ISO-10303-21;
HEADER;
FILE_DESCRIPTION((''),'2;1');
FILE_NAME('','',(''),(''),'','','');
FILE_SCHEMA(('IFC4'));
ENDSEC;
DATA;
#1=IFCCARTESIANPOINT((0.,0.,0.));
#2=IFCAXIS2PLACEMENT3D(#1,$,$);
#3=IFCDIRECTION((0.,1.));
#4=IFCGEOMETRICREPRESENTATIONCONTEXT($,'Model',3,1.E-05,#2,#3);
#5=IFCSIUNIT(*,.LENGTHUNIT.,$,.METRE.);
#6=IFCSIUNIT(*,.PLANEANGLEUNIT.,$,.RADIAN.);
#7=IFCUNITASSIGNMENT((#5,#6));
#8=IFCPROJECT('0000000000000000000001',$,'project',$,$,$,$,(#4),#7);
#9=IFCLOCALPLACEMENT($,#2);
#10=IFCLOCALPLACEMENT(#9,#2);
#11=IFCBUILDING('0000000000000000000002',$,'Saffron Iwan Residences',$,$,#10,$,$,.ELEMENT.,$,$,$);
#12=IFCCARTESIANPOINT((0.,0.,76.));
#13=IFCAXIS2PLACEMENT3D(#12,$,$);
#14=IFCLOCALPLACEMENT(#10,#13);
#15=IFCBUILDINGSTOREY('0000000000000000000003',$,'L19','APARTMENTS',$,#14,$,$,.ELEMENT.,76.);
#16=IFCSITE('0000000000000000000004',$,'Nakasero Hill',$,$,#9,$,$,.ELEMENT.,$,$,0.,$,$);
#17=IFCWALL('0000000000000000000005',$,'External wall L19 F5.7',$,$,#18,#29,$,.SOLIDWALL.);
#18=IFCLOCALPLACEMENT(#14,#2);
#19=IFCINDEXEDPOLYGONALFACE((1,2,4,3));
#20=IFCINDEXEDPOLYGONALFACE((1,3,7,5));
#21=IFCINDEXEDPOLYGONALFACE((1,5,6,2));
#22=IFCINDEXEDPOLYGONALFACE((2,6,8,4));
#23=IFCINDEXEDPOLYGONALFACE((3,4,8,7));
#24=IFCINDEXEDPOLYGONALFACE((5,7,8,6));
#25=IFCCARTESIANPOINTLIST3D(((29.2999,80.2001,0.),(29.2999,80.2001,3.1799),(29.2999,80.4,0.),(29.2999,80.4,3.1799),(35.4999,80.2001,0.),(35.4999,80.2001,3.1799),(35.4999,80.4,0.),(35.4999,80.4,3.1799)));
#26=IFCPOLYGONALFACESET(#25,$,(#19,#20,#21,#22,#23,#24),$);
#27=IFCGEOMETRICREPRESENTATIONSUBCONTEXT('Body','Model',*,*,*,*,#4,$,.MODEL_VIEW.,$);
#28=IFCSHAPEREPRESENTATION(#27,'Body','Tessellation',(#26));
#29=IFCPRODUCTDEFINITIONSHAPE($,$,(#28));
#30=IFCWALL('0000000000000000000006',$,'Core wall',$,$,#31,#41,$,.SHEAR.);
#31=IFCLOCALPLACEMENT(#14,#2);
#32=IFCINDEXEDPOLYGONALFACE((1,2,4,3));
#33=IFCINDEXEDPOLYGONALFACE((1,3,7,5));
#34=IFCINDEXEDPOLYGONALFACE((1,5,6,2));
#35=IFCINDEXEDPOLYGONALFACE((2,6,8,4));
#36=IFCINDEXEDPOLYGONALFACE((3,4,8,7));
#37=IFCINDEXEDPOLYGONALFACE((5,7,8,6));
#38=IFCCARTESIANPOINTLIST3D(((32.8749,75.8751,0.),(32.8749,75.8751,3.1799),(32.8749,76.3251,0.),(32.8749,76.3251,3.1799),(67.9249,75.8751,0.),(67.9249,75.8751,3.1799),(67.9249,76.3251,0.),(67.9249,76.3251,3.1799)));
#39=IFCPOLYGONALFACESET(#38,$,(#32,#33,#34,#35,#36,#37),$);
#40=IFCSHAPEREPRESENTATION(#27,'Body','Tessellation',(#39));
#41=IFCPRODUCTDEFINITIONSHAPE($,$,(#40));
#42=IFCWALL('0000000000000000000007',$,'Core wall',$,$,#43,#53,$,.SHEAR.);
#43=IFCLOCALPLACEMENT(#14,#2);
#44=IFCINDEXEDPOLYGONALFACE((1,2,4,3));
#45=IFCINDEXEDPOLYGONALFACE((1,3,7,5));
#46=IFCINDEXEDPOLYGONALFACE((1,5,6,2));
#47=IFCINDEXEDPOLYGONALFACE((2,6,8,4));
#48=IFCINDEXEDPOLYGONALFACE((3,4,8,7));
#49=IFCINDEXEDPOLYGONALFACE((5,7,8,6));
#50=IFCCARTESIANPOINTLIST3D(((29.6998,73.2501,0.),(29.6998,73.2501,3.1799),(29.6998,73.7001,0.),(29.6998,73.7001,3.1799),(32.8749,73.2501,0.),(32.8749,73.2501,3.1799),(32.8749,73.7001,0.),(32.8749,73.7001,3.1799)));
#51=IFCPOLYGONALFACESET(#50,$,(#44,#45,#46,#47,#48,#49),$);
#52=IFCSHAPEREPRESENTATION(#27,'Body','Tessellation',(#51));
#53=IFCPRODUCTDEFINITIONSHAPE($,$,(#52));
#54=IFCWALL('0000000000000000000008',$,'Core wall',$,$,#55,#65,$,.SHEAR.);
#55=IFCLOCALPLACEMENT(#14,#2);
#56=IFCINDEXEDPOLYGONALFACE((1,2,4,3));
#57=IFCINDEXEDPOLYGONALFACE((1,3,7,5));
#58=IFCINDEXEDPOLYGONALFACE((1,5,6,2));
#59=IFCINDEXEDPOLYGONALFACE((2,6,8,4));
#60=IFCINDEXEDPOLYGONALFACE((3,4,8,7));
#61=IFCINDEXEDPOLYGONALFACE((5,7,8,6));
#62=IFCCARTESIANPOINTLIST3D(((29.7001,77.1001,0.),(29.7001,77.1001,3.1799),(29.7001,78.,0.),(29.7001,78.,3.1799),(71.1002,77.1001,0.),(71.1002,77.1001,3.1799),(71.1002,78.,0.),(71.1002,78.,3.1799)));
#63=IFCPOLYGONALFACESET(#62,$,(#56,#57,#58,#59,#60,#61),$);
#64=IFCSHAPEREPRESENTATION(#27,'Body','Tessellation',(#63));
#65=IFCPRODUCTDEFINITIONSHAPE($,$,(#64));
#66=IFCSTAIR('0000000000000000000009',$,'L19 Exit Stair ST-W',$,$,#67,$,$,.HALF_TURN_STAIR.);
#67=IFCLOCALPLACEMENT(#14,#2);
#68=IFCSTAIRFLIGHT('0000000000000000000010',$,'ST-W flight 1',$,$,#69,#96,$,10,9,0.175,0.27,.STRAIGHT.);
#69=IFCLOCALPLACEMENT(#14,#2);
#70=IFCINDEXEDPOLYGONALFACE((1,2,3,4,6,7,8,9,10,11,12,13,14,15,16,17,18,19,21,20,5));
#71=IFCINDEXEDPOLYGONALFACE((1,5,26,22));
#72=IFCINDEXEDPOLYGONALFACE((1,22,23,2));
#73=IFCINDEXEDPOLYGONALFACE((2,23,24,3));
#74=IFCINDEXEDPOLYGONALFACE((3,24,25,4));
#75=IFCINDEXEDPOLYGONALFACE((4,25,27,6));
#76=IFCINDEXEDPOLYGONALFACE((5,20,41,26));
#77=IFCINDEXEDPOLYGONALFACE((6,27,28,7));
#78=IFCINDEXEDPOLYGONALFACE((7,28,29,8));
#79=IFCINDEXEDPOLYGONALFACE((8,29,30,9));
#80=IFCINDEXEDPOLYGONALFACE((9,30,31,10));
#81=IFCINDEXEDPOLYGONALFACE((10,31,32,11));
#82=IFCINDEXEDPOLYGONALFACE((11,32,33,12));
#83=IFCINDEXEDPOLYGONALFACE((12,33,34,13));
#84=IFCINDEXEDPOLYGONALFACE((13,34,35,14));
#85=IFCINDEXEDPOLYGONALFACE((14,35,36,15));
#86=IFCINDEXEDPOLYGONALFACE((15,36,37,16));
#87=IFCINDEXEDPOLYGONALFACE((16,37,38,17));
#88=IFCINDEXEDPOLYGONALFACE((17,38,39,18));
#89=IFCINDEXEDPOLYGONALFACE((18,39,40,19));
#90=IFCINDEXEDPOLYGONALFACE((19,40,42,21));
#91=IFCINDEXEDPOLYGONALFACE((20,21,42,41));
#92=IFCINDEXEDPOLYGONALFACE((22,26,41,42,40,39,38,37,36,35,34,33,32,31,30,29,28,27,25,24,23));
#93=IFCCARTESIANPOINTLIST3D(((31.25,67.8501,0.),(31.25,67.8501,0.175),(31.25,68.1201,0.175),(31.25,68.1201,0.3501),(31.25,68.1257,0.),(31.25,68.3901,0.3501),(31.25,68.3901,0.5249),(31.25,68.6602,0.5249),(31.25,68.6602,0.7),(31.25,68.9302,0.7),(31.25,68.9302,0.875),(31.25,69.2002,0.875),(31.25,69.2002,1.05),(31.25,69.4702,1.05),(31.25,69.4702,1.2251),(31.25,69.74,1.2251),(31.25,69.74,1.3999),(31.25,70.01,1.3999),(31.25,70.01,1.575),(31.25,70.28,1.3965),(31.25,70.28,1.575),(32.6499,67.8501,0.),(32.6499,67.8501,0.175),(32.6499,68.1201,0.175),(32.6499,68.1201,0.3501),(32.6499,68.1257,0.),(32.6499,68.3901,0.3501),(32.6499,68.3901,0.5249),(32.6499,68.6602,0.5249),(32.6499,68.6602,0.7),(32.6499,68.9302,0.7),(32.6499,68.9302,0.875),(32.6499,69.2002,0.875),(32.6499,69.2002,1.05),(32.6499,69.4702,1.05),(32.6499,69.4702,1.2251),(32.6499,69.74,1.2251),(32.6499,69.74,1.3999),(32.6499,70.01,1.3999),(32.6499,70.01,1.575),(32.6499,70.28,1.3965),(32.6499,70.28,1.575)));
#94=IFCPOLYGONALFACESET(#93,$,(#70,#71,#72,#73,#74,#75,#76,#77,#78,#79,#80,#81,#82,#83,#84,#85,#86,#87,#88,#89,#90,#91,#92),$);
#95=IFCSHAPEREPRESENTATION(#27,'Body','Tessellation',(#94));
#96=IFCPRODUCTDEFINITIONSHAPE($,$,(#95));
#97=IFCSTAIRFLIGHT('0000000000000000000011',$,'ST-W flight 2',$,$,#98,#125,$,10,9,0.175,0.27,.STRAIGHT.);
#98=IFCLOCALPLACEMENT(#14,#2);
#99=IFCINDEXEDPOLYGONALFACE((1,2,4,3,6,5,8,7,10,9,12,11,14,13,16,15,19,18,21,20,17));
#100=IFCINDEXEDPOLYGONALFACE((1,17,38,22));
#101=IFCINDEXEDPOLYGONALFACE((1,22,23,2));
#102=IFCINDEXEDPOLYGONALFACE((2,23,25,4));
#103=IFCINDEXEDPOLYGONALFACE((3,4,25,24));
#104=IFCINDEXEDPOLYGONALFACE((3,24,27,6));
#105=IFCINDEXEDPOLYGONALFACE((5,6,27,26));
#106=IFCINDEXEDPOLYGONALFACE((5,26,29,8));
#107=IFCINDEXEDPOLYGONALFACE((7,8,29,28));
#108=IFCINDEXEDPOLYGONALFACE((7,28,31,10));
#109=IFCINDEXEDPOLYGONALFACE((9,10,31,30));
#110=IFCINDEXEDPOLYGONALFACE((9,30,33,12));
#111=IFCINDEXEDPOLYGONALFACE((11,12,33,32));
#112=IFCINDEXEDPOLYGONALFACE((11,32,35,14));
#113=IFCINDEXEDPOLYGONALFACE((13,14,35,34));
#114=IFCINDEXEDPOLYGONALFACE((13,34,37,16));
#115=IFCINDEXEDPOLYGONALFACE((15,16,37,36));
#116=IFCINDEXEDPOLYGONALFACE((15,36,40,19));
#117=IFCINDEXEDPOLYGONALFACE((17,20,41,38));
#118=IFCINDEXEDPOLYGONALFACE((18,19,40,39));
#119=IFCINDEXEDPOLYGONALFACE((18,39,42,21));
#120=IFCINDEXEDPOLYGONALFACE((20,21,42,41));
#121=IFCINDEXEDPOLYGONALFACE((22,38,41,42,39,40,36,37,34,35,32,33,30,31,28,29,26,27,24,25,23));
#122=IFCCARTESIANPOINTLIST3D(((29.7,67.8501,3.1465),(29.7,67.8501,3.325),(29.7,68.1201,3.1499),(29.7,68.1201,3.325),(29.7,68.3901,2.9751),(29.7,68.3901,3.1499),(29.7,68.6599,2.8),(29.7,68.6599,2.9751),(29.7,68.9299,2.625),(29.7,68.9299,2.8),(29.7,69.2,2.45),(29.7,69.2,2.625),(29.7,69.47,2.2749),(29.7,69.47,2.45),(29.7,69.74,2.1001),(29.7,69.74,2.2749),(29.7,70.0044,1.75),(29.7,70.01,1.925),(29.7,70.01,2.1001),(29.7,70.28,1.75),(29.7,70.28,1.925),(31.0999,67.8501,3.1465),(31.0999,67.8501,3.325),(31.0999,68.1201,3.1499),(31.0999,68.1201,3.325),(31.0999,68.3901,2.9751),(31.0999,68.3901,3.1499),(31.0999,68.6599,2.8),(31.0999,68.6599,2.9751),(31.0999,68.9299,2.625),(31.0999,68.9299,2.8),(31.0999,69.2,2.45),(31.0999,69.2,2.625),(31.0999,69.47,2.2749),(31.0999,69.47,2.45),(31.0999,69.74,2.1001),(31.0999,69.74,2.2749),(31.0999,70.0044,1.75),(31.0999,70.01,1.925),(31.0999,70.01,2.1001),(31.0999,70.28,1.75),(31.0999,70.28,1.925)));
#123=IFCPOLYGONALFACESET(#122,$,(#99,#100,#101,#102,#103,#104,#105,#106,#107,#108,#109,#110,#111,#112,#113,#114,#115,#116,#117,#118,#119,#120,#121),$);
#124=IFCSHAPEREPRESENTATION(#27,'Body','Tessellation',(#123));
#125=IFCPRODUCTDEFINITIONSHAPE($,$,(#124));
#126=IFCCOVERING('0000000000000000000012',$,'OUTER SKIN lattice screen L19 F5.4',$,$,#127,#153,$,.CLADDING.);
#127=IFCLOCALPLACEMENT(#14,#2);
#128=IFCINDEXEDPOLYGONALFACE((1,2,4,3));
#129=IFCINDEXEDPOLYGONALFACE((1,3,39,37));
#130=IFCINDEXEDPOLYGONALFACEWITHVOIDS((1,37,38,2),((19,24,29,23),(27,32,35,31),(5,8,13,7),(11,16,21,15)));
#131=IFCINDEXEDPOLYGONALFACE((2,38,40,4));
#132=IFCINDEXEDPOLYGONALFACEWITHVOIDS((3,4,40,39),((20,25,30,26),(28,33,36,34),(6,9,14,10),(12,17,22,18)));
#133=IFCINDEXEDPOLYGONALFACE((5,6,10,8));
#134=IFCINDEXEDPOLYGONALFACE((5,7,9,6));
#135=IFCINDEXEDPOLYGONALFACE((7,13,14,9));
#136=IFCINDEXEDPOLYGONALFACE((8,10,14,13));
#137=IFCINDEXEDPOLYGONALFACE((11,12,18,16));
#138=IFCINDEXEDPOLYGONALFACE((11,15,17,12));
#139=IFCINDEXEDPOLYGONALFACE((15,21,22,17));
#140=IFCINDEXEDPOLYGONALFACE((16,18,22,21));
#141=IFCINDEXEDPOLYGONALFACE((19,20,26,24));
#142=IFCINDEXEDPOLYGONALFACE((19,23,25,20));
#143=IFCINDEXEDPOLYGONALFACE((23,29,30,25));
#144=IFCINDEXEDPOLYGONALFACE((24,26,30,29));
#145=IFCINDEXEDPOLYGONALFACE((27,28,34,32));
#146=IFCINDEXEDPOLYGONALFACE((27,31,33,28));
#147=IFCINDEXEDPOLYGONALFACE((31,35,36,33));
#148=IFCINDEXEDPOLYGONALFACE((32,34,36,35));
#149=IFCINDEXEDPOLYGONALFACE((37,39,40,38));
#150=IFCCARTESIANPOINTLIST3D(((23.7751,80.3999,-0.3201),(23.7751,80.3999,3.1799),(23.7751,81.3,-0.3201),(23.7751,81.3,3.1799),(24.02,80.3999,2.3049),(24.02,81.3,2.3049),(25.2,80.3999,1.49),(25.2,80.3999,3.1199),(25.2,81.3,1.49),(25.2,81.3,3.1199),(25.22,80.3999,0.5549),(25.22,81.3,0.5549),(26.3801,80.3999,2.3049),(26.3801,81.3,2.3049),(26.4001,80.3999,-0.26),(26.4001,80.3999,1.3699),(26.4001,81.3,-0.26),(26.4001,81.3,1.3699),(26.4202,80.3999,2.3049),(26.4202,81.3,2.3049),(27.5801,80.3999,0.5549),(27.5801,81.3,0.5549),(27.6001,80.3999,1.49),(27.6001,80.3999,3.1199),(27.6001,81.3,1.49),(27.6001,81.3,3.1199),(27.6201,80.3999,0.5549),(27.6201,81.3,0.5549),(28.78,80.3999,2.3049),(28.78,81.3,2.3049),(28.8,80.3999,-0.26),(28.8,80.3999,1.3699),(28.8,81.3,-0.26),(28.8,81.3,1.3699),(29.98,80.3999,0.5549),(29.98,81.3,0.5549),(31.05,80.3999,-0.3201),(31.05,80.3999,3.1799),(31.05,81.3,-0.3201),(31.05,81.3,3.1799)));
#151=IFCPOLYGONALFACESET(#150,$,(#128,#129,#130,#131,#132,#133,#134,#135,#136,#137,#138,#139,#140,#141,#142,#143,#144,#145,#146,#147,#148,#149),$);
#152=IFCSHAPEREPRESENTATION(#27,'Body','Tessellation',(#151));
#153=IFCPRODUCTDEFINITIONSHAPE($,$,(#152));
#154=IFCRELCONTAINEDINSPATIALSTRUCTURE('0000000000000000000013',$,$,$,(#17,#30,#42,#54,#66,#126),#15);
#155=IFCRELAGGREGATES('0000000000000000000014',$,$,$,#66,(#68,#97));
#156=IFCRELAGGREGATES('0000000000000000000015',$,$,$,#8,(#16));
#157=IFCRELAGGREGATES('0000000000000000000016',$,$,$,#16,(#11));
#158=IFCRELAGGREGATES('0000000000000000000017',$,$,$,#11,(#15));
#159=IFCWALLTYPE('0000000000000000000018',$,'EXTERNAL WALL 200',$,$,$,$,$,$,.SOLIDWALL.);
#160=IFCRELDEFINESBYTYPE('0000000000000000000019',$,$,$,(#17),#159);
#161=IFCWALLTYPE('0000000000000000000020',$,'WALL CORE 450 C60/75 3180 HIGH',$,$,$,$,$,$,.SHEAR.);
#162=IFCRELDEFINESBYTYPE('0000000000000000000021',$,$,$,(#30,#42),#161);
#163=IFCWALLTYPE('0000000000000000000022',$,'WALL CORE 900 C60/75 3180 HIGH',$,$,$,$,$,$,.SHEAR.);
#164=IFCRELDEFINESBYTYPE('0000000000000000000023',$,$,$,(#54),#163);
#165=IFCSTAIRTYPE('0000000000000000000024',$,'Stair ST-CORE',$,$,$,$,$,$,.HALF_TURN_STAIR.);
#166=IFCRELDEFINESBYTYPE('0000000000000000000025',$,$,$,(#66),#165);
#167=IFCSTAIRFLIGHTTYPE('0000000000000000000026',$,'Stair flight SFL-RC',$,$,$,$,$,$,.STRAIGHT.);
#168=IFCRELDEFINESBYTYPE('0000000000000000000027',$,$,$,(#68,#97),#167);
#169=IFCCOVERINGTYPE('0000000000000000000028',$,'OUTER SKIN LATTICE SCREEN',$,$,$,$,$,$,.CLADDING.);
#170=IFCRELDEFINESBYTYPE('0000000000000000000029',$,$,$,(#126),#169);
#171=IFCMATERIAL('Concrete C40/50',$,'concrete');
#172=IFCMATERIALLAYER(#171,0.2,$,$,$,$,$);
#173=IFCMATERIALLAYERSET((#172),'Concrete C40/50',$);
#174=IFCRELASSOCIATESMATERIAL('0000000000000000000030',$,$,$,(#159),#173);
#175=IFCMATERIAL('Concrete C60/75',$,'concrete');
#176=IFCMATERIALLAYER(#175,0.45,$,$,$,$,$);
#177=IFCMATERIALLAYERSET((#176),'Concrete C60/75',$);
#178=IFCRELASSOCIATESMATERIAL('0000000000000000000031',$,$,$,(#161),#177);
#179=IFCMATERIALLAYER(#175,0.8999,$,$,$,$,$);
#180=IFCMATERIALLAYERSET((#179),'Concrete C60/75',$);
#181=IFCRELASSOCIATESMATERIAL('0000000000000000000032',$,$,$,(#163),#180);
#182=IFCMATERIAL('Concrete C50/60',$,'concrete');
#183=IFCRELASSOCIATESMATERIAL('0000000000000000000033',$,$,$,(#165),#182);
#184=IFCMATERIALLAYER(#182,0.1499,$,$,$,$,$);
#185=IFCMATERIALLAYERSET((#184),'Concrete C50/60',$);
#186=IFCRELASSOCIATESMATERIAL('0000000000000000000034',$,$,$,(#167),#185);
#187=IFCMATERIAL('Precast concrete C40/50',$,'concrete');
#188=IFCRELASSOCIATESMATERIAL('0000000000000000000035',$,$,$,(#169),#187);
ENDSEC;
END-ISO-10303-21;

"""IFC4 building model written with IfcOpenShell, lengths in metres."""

from ifc_helpers import new_model, si_unit, direction, frame, frame_2d, origin, place, context, subcontext, project, spatial, polyline, rectangle, outline, extrude, material, layer, layer_set, type_object, element, aggregate, save


model = new_model("IFC4")

# Units and contexts
model_context = context("Model", 3, precision=1e-05, world=origin(), true_north=direction((0.0, 1.0)))
body_context = subcontext(model_context, "Body", "Model", "MODEL_VIEW")
ifc_project = project(units=[si_unit("LENGTHUNIT", "METRE"), si_unit("PLANEANGLEUNIT", "RADIAN")], contexts=[model_context])

# Site, building, storey
site_placement = place(None, origin())
site = spatial("IfcSite", under=ifc_project, at=site_placement, Name="Nakasero Hill", CompositionType="ELEMENT", RefElevation=0.0)
building_placement = place(site_placement, origin())
building = spatial("IfcBuilding", under=site, at=building_placement, Name="Saffron Iwan Residences", CompositionType="ELEMENT")
storey_placement = place(building_placement, frame((0.0, 0.0, 76.0)))
storey = spatial("IfcBuildingStorey", under=building, at=storey_placement, Name="L19", Description="APARTMENTS", CompositionType="ELEMENT", Elevation=76.0)

# Wall
ifc_material_1 = material(Name="Concrete C40/50", Category="concrete")
ifc_layer_1 = layer(ifc_material_1, 0.2)
ifc_layer_set_1 = layer_set([ifc_layer_1], Name="Concrete C40/50")
wall_type_1 = type_object("IfcWallType", Name="EXTERNAL WALL 200", PredefinedType="SOLIDWALL", material=ifc_layer_set_1)
wall_1_placement = place(storey_placement, frame((35.5, 80.3, 0.0), z_axis=(0.0, 0.0, 1.0), x_axis=(-1.0, 0.0, 0.0)))
element("IfcWall", 1, at=wall_1_placement, inside=storey, type_object=wall_type_1, Name="External wall L19 F5.7", PredefinedType="SOLIDWALL", context=body_context, shape_type="SweptSolid", body=[
    extrude(rectangle(XDim=6.2, YDim=0.2, at=frame_2d((3.1001, 0.0))), origin(), (0.0, 0.0, 1.0), 3.1799),
])

# Shared definitions
ifc_material_2 = material(Name="Concrete C60/75", Category="concrete")
ifc_layer_2 = layer(ifc_material_2, 0.45)
ifc_layer_set_2 = layer_set([ifc_layer_2], Name="Concrete C60/75")
wall_type_2 = type_object("IfcWallType", Name="WALL CORE 450 C60/75 3180 HIGH", PredefinedType="SHEAR", material=ifc_layer_set_2)

# Walls
wall_2_placement = place(storey_placement, frame((32.875, 76.1001, 0.0), z_axis=(0.0, 0.0, 1.0), x_axis=(1.0, 0.0, 0.0)))
element("IfcWall", 2, at=wall_2_placement, inside=storey, type_object=wall_type_2, Name="Core wall", PredefinedType="SHEAR", context=body_context, shape_type="SweptSolid", body=[
    extrude(rectangle(XDim=35.05, YDim=0.45, at=frame_2d((17.5249, 0.0))), origin(), (0.0, 0.0, 1.0), 3.1799),
])
wall_3_placement = place(storey_placement, frame((29.7, 73.4751, 0.0), z_axis=(0.0, 0.0, 1.0), x_axis=(1.0, 0.0, 0.0)))
element("IfcWall", 3, at=wall_3_placement, inside=storey, type_object=wall_type_2, Name="Core wall", PredefinedType="SHEAR", context=body_context, shape_type="SweptSolid", body=[
    extrude(rectangle(XDim=3.175, YDim=0.45, at=frame_2d((1.5874, 0.0))), origin(), (0.0, 0.0, 1.0), 3.1799),
])
ifc_layer_3 = layer(ifc_material_2, 0.8999)
ifc_layer_set_3 = layer_set([ifc_layer_3], Name="Concrete C60/75")
wall_type_3 = type_object("IfcWallType", Name="WALL CORE 900 C60/75 3180 HIGH", PredefinedType="SHEAR", material=ifc_layer_set_3)
wall_4_placement = place(storey_placement, frame((29.7, 77.55, 0.0), z_axis=(0.0, 0.0, 1.0), x_axis=(1.0, 0.0, 0.0)))
element("IfcWall", 4, at=wall_4_placement, inside=storey, type_object=wall_type_3, Name="Core wall", PredefinedType="SHEAR", context=body_context, shape_type="SweptSolid", body=[
    extrude(rectangle(XDim=41.4001, YDim=0.8999, at=frame_2d((20.7002, 0.0))), origin(), (0.0, 0.0, 1.0), 3.1799),
])

# Stair, stair flights
ifc_material_3 = material(Name="Concrete C50/60", Category="concrete")
stair_type = type_object("IfcStairType", Name="Stair ST-CORE", PredefinedType="HALF_TURN_STAIR", material=ifc_material_3)
stair_placement = place(storey_placement, origin())
stair = element("IfcStair", 5, at=stair_placement, inside=storey, type_object=stair_type, Name="L19 Exit Stair ST-W", PredefinedType="HALF_TURN_STAIR")
ifc_layer_4 = layer(ifc_material_3, 0.1499)
ifc_layer_set_4 = layer_set([ifc_layer_4], Name="Concrete C50/60")
stair_flight_type = type_object("IfcStairFlightType", Name="Stair flight SFL-RC", PredefinedType="STRAIGHT", material=ifc_layer_set_4)
stair_flight_1_placement = place(storey_placement, frame((31.95, 67.8501, 0.0), z_axis=(0.0, 0.0, 1.0), x_axis=(0.0, 1.0, 0.0)))
stair_flight_1 = element("IfcStairFlight", 6, at=stair_flight_1_placement, type_object=stair_flight_type, Name="ST-W flight 1", NumberOfRisers=10, NumberOfTreads=9, PredefinedType="STRAIGHT", RiserHeight=0.175, TreadLength=0.27, context=body_context, shape_type="SweptSolid", body=[
    extrude(outline(polyline([(0.0, 0.0), (0.0, 0.175), (0.27, 0.175), (0.27, 0.3501), (0.54, 0.3501), (0.54, 0.5249), (0.8101, 0.5249), (0.8101, 0.7), (1.0801, 0.7), (1.0801, 0.875), (1.3501, 0.875), (1.3501, 1.05), (1.6201, 1.05), (1.6201, 1.2251), (1.8899, 1.2251), (1.8899, 1.3999), (2.1599, 1.3999), (2.1599, 1.575), (2.4299, 1.575), (2.4299, 1.75), (2.4299, 1.3965), (0.2756, 0.0), (0.0, 0.0)])), frame((0.0, 0.7, 0.0), z_axis=(0.0, -1.0, 0.0), x_axis=(1.0, 0.0, 0.0)), (0.0, 0.0, 1.0), 1.3999),
])
stair_flight_2_placement = place(storey_placement, frame((30.3999, 70.28, 1.75), z_axis=(0.0, 0.0, 1.0), x_axis=(0.0, -1.0, 0.0)))
stair_flight_2 = element("IfcStairFlight", 7, at=stair_flight_2_placement, type_object=stair_flight_type, Name="ST-W flight 2", NumberOfRisers=10, NumberOfTreads=9, PredefinedType="STRAIGHT", RiserHeight=0.175, TreadLength=0.27, context=body_context, shape_type="SweptSolid", body=[
    extrude(outline(polyline([(0.0, 0.0), (0.0, 0.175), (0.27, 0.175), (0.27, 0.3501), (0.54, 0.3501), (0.54, 0.5249), (0.8101, 0.5249), (0.8101, 0.7), (1.0801, 0.7), (1.0801, 0.875), (1.3501, 0.875), (1.3501, 1.05), (1.6201, 1.05), (1.6201, 1.2251), (1.8899, 1.2251), (1.8899, 1.3999), (2.1599, 1.3999), (2.1599, 1.575), (2.4299, 1.575), (2.4299, 1.75), (2.4299, 1.3965), (0.2756, 0.0), (0.0, 0.0)])), frame((0.0, 0.7, 0.0), z_axis=(0.0, -1.0, 0.0), x_axis=(1.0, 0.0, 0.0)), (0.0, 0.0, 1.0), 1.3999),
])
aggregate(stair, [stair_flight_1, stair_flight_2])

# Covering
ifc_material_4 = material(Name="Precast concrete C40/50", Category="concrete")
covering_type_1 = type_object("IfcCoveringType", Name="OUTER SKIN LATTICE SCREEN", PredefinedType="CLADDING", material=ifc_material_4)
covering_1_placement = place(storey_placement, frame((31.05, 80.3999, -0.3201), z_axis=(0.0, 1.0, 0.0), x_axis=(-1.0, 0.0, 0.0)))
element("IfcCovering", 8, at=covering_1_placement, inside=storey, type_object=covering_type_1, Name="OUTER SKIN lattice screen L19 F5.4", PredefinedType="CLADDING", context=body_context, shape_type="SweptSolid", body=[
    extrude(outline(polyline([(0.0, 0.0), (7.2749, 0.0), (7.2749, 3.5), (0.0, 3.5), (0.0, 0.0)]), holes=[polyline([(1.0701, 0.875), (2.25, 0.0601), (3.4299, 0.875), (2.25, 1.6899), (1.0701, 0.875)]), polyline([(3.47, 0.875), (4.6499, 0.0601), (5.8301, 0.875), (4.6499, 1.6899), (3.47, 0.875)]), polyline([(2.27, 2.625), (3.45, 1.8101), (4.6299, 2.625), (3.45, 3.4399), (2.27, 2.625)]), polyline([(4.6699, 2.625), (5.8501, 1.8101), (7.03, 2.625), (5.8501, 3.4399), (4.6699, 2.625)])]), origin(), (0.0, 0.0, 1.0), 0.9001),
])

save(model, "model.ifc")
